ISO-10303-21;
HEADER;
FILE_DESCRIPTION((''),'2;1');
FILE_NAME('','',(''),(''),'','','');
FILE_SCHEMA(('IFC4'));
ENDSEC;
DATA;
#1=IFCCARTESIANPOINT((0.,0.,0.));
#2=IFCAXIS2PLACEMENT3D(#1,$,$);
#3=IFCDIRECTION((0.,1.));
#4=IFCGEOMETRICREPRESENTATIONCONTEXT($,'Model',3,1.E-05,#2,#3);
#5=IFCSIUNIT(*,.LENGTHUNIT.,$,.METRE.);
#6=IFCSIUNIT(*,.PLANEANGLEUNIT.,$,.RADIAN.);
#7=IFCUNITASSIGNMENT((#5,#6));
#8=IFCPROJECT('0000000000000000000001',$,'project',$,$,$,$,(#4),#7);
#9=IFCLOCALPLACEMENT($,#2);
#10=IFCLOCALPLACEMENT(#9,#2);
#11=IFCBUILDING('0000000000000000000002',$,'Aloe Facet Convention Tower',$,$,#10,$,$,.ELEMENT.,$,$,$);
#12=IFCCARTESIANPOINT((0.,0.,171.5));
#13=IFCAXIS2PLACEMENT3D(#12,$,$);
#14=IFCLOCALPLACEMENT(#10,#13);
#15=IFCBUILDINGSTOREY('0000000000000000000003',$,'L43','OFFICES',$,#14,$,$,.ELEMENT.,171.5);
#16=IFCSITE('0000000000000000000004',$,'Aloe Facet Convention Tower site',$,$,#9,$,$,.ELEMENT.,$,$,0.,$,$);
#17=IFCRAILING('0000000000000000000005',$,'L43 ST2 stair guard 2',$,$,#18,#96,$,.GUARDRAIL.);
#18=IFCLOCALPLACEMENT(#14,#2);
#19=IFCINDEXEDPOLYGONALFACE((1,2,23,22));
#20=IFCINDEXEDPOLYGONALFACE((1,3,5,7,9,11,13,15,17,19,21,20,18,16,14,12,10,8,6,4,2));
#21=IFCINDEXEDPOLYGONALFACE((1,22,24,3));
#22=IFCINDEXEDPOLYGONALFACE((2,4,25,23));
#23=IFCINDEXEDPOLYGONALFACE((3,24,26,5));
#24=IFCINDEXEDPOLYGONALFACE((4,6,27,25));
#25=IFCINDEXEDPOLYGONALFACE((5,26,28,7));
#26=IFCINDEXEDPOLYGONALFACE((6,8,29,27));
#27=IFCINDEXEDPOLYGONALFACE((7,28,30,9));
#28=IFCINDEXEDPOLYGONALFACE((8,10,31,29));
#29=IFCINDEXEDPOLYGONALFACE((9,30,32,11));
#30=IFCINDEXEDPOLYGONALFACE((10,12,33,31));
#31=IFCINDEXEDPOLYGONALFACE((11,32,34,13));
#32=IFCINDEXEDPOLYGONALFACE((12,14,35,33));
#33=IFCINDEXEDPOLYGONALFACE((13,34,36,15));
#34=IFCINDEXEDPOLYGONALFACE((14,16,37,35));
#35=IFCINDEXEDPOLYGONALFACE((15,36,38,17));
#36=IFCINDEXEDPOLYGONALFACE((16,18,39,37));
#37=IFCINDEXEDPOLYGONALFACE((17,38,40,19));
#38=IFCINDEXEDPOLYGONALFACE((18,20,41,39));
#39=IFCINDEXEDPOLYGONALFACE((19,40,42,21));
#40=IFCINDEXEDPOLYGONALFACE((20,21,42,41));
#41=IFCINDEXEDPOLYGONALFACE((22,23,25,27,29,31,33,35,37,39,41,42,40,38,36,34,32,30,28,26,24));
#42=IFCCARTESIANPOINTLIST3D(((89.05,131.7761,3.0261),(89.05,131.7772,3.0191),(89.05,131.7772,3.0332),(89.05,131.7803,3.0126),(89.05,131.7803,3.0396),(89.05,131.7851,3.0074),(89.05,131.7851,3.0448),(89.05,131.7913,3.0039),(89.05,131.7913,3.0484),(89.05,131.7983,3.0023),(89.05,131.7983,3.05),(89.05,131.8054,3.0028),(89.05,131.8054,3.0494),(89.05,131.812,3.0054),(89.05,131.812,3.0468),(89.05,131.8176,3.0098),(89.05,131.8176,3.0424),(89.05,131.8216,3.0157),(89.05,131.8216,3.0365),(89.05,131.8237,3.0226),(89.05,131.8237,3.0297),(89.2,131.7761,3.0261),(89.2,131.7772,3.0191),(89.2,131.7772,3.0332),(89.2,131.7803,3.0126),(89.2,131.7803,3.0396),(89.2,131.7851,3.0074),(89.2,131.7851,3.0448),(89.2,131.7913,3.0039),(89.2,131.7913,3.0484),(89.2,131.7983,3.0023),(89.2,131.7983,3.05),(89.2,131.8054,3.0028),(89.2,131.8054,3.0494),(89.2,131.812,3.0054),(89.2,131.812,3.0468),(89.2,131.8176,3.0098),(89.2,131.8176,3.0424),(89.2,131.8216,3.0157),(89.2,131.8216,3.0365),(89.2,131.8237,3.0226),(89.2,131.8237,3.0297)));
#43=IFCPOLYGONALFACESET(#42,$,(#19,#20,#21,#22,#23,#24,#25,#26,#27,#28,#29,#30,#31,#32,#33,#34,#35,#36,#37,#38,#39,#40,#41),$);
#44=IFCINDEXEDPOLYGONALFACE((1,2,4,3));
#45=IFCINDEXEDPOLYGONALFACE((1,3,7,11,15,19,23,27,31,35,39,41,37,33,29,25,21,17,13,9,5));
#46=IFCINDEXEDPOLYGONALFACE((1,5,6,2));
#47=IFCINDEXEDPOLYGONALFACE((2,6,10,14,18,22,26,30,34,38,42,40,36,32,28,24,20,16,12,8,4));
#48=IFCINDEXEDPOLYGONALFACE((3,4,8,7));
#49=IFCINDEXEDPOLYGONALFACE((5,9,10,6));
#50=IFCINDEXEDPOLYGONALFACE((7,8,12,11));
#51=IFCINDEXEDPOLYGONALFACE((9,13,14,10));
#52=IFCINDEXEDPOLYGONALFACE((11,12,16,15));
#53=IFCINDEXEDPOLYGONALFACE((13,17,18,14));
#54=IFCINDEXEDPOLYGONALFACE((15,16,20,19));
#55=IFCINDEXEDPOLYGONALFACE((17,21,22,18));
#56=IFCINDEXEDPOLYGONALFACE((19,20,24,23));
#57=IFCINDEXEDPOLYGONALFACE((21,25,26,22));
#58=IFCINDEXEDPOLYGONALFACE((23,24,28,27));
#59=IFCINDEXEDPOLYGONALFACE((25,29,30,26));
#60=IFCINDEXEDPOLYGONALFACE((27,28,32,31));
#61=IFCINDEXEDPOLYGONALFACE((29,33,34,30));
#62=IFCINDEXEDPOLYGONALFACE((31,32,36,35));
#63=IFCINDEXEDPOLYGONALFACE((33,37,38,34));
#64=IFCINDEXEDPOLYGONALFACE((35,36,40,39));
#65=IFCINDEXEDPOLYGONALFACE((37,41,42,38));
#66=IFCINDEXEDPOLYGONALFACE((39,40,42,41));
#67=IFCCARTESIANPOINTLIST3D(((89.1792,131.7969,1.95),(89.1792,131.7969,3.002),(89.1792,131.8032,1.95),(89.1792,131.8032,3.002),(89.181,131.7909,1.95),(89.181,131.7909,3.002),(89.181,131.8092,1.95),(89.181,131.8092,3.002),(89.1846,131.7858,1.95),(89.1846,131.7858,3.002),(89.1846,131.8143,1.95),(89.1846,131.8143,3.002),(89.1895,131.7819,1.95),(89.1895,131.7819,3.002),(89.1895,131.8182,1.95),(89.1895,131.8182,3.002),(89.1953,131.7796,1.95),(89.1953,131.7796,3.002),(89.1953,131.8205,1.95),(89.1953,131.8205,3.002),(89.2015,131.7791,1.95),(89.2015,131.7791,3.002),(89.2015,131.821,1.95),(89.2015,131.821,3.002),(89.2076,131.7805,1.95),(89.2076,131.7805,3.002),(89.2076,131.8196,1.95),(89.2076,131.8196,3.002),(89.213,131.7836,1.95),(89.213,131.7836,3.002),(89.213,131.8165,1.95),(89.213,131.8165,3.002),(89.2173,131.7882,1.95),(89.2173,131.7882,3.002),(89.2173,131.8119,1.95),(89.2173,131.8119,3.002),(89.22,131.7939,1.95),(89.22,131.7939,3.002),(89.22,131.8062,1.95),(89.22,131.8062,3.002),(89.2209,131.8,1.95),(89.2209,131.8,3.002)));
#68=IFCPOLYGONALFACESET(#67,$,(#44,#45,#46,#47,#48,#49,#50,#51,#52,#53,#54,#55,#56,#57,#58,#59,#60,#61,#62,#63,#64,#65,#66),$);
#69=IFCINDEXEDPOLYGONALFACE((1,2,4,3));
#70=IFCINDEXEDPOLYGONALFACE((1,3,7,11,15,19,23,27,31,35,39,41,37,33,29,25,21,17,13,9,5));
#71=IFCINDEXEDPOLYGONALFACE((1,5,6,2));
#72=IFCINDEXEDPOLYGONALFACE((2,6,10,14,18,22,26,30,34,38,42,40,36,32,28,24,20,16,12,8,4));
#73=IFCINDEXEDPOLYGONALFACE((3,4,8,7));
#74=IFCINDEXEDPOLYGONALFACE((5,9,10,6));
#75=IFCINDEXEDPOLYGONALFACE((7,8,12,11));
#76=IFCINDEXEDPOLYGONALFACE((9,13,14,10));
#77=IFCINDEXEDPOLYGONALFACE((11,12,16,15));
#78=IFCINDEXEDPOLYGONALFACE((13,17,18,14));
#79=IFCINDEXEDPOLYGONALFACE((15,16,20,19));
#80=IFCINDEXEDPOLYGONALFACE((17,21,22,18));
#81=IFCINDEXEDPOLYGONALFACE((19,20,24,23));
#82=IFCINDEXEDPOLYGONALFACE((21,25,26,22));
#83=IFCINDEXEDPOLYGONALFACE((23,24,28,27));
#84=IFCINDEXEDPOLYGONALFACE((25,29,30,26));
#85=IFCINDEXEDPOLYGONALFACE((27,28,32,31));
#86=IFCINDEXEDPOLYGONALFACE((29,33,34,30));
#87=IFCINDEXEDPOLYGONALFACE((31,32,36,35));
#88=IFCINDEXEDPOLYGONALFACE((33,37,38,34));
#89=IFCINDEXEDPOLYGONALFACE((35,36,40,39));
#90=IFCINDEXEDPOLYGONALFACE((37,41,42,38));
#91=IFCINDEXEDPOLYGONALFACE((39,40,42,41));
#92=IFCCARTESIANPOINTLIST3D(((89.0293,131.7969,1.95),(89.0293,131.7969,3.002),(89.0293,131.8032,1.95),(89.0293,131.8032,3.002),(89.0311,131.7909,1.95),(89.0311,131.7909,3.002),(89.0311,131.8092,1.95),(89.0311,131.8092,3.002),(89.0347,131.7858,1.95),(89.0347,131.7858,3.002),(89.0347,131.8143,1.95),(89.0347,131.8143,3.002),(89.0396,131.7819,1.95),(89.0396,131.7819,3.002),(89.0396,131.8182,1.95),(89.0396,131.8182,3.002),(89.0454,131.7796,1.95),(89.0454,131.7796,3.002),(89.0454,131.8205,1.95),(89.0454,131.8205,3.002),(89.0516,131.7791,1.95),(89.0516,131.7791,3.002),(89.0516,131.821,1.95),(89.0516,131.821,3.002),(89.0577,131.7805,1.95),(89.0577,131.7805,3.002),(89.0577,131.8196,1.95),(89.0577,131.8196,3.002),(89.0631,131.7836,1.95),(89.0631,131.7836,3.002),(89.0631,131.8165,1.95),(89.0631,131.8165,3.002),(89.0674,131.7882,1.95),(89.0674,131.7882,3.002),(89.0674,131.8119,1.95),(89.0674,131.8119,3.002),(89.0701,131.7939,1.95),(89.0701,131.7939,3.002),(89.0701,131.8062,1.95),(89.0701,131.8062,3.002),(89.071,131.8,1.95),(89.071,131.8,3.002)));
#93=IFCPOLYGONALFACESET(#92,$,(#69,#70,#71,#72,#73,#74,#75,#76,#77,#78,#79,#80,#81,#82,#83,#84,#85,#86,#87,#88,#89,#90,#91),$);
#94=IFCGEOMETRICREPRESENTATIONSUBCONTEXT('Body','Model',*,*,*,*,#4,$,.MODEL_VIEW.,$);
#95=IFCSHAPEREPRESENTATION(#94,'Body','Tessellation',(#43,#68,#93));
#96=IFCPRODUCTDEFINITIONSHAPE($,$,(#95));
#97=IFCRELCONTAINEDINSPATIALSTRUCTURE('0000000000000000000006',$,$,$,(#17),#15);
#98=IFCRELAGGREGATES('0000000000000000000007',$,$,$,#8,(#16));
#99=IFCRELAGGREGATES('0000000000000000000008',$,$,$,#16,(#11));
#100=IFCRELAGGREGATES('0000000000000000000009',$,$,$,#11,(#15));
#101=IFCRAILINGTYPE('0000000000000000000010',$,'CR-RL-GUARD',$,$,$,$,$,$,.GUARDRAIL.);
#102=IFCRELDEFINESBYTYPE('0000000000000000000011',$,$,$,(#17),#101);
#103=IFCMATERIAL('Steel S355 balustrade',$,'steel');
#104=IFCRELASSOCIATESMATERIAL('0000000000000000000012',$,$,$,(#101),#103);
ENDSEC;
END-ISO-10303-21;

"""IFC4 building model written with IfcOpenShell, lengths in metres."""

from ifc_helpers import new_model, si_unit, direction, frame, origin, origin_2d, place, context, subcontext, project, spatial, circle, extrude, material, type_object, element, save


model = new_model("IFC4")

# Units and contexts
model_context = context("Model", 3, precision=1e-05, world=origin(), true_north=direction((0.0, 1.0)))
body_context = subcontext(model_context, "Body", "Model", "MODEL_VIEW")
ifc_project = project(units=[si_unit("LENGTHUNIT", "METRE"), si_unit("PLANEANGLEUNIT", "RADIAN")], contexts=[model_context])

# Site, building, storey
site_placement = place(None, origin())
site = spatial("IfcSite", under=ifc_project, at=site_placement, Name="Aloe Facet Convention Tower site", CompositionType="ELEMENT", RefElevation=0.0)
building_placement = place(site_placement, origin())
building = spatial("IfcBuilding", under=site, at=building_placement, Name="Aloe Facet Convention Tower", CompositionType="ELEMENT")
storey_placement = place(building_placement, frame((0.0, 0.0, 171.5)))
storey = spatial("IfcBuildingStorey", under=building, at=storey_placement, Name="L43", Description="OFFICES", CompositionType="ELEMENT", Elevation=171.5)

# Railing
ifc_material_1 = material(Name="Steel S355 balustrade", Category="steel")
railing_type_1 = type_object("IfcRailingType", Name="CR-RL-GUARD", PredefinedType="GUARDRAIL", material=ifc_material_1)
railing_1_placement = place(storey_placement, frame((89.2, 131.8, 1.95)))
element("IfcRailing", 1, at=railing_1_placement, inside=storey, type_object=railing_type_1, Name="L43 ST2 stair guard 2", PredefinedType="GUARDRAIL", context=body_context, shape_type="SweptSolid", body=[
    extrude(circle(Radius=0.0239, at=origin_2d()), frame((0.0, 0.0, 1.0762), z_axis=(-1.0, 0.0, 0.0), x_axis=(0.0, -1.0, 0.0)), (0.0, 0.0, 1.0), 0.1499),
    extrude(circle(Radius=0.021, at=origin_2d()), origin(), (0.0, 0.0, 1.0), 1.052),
    extrude(circle(Radius=0.021, at=origin_2d()), frame((-0.1499, 0.0, 0.0)), (0.0, 0.0, 1.0), 1.052),
])

save(model, "model.ifc")
